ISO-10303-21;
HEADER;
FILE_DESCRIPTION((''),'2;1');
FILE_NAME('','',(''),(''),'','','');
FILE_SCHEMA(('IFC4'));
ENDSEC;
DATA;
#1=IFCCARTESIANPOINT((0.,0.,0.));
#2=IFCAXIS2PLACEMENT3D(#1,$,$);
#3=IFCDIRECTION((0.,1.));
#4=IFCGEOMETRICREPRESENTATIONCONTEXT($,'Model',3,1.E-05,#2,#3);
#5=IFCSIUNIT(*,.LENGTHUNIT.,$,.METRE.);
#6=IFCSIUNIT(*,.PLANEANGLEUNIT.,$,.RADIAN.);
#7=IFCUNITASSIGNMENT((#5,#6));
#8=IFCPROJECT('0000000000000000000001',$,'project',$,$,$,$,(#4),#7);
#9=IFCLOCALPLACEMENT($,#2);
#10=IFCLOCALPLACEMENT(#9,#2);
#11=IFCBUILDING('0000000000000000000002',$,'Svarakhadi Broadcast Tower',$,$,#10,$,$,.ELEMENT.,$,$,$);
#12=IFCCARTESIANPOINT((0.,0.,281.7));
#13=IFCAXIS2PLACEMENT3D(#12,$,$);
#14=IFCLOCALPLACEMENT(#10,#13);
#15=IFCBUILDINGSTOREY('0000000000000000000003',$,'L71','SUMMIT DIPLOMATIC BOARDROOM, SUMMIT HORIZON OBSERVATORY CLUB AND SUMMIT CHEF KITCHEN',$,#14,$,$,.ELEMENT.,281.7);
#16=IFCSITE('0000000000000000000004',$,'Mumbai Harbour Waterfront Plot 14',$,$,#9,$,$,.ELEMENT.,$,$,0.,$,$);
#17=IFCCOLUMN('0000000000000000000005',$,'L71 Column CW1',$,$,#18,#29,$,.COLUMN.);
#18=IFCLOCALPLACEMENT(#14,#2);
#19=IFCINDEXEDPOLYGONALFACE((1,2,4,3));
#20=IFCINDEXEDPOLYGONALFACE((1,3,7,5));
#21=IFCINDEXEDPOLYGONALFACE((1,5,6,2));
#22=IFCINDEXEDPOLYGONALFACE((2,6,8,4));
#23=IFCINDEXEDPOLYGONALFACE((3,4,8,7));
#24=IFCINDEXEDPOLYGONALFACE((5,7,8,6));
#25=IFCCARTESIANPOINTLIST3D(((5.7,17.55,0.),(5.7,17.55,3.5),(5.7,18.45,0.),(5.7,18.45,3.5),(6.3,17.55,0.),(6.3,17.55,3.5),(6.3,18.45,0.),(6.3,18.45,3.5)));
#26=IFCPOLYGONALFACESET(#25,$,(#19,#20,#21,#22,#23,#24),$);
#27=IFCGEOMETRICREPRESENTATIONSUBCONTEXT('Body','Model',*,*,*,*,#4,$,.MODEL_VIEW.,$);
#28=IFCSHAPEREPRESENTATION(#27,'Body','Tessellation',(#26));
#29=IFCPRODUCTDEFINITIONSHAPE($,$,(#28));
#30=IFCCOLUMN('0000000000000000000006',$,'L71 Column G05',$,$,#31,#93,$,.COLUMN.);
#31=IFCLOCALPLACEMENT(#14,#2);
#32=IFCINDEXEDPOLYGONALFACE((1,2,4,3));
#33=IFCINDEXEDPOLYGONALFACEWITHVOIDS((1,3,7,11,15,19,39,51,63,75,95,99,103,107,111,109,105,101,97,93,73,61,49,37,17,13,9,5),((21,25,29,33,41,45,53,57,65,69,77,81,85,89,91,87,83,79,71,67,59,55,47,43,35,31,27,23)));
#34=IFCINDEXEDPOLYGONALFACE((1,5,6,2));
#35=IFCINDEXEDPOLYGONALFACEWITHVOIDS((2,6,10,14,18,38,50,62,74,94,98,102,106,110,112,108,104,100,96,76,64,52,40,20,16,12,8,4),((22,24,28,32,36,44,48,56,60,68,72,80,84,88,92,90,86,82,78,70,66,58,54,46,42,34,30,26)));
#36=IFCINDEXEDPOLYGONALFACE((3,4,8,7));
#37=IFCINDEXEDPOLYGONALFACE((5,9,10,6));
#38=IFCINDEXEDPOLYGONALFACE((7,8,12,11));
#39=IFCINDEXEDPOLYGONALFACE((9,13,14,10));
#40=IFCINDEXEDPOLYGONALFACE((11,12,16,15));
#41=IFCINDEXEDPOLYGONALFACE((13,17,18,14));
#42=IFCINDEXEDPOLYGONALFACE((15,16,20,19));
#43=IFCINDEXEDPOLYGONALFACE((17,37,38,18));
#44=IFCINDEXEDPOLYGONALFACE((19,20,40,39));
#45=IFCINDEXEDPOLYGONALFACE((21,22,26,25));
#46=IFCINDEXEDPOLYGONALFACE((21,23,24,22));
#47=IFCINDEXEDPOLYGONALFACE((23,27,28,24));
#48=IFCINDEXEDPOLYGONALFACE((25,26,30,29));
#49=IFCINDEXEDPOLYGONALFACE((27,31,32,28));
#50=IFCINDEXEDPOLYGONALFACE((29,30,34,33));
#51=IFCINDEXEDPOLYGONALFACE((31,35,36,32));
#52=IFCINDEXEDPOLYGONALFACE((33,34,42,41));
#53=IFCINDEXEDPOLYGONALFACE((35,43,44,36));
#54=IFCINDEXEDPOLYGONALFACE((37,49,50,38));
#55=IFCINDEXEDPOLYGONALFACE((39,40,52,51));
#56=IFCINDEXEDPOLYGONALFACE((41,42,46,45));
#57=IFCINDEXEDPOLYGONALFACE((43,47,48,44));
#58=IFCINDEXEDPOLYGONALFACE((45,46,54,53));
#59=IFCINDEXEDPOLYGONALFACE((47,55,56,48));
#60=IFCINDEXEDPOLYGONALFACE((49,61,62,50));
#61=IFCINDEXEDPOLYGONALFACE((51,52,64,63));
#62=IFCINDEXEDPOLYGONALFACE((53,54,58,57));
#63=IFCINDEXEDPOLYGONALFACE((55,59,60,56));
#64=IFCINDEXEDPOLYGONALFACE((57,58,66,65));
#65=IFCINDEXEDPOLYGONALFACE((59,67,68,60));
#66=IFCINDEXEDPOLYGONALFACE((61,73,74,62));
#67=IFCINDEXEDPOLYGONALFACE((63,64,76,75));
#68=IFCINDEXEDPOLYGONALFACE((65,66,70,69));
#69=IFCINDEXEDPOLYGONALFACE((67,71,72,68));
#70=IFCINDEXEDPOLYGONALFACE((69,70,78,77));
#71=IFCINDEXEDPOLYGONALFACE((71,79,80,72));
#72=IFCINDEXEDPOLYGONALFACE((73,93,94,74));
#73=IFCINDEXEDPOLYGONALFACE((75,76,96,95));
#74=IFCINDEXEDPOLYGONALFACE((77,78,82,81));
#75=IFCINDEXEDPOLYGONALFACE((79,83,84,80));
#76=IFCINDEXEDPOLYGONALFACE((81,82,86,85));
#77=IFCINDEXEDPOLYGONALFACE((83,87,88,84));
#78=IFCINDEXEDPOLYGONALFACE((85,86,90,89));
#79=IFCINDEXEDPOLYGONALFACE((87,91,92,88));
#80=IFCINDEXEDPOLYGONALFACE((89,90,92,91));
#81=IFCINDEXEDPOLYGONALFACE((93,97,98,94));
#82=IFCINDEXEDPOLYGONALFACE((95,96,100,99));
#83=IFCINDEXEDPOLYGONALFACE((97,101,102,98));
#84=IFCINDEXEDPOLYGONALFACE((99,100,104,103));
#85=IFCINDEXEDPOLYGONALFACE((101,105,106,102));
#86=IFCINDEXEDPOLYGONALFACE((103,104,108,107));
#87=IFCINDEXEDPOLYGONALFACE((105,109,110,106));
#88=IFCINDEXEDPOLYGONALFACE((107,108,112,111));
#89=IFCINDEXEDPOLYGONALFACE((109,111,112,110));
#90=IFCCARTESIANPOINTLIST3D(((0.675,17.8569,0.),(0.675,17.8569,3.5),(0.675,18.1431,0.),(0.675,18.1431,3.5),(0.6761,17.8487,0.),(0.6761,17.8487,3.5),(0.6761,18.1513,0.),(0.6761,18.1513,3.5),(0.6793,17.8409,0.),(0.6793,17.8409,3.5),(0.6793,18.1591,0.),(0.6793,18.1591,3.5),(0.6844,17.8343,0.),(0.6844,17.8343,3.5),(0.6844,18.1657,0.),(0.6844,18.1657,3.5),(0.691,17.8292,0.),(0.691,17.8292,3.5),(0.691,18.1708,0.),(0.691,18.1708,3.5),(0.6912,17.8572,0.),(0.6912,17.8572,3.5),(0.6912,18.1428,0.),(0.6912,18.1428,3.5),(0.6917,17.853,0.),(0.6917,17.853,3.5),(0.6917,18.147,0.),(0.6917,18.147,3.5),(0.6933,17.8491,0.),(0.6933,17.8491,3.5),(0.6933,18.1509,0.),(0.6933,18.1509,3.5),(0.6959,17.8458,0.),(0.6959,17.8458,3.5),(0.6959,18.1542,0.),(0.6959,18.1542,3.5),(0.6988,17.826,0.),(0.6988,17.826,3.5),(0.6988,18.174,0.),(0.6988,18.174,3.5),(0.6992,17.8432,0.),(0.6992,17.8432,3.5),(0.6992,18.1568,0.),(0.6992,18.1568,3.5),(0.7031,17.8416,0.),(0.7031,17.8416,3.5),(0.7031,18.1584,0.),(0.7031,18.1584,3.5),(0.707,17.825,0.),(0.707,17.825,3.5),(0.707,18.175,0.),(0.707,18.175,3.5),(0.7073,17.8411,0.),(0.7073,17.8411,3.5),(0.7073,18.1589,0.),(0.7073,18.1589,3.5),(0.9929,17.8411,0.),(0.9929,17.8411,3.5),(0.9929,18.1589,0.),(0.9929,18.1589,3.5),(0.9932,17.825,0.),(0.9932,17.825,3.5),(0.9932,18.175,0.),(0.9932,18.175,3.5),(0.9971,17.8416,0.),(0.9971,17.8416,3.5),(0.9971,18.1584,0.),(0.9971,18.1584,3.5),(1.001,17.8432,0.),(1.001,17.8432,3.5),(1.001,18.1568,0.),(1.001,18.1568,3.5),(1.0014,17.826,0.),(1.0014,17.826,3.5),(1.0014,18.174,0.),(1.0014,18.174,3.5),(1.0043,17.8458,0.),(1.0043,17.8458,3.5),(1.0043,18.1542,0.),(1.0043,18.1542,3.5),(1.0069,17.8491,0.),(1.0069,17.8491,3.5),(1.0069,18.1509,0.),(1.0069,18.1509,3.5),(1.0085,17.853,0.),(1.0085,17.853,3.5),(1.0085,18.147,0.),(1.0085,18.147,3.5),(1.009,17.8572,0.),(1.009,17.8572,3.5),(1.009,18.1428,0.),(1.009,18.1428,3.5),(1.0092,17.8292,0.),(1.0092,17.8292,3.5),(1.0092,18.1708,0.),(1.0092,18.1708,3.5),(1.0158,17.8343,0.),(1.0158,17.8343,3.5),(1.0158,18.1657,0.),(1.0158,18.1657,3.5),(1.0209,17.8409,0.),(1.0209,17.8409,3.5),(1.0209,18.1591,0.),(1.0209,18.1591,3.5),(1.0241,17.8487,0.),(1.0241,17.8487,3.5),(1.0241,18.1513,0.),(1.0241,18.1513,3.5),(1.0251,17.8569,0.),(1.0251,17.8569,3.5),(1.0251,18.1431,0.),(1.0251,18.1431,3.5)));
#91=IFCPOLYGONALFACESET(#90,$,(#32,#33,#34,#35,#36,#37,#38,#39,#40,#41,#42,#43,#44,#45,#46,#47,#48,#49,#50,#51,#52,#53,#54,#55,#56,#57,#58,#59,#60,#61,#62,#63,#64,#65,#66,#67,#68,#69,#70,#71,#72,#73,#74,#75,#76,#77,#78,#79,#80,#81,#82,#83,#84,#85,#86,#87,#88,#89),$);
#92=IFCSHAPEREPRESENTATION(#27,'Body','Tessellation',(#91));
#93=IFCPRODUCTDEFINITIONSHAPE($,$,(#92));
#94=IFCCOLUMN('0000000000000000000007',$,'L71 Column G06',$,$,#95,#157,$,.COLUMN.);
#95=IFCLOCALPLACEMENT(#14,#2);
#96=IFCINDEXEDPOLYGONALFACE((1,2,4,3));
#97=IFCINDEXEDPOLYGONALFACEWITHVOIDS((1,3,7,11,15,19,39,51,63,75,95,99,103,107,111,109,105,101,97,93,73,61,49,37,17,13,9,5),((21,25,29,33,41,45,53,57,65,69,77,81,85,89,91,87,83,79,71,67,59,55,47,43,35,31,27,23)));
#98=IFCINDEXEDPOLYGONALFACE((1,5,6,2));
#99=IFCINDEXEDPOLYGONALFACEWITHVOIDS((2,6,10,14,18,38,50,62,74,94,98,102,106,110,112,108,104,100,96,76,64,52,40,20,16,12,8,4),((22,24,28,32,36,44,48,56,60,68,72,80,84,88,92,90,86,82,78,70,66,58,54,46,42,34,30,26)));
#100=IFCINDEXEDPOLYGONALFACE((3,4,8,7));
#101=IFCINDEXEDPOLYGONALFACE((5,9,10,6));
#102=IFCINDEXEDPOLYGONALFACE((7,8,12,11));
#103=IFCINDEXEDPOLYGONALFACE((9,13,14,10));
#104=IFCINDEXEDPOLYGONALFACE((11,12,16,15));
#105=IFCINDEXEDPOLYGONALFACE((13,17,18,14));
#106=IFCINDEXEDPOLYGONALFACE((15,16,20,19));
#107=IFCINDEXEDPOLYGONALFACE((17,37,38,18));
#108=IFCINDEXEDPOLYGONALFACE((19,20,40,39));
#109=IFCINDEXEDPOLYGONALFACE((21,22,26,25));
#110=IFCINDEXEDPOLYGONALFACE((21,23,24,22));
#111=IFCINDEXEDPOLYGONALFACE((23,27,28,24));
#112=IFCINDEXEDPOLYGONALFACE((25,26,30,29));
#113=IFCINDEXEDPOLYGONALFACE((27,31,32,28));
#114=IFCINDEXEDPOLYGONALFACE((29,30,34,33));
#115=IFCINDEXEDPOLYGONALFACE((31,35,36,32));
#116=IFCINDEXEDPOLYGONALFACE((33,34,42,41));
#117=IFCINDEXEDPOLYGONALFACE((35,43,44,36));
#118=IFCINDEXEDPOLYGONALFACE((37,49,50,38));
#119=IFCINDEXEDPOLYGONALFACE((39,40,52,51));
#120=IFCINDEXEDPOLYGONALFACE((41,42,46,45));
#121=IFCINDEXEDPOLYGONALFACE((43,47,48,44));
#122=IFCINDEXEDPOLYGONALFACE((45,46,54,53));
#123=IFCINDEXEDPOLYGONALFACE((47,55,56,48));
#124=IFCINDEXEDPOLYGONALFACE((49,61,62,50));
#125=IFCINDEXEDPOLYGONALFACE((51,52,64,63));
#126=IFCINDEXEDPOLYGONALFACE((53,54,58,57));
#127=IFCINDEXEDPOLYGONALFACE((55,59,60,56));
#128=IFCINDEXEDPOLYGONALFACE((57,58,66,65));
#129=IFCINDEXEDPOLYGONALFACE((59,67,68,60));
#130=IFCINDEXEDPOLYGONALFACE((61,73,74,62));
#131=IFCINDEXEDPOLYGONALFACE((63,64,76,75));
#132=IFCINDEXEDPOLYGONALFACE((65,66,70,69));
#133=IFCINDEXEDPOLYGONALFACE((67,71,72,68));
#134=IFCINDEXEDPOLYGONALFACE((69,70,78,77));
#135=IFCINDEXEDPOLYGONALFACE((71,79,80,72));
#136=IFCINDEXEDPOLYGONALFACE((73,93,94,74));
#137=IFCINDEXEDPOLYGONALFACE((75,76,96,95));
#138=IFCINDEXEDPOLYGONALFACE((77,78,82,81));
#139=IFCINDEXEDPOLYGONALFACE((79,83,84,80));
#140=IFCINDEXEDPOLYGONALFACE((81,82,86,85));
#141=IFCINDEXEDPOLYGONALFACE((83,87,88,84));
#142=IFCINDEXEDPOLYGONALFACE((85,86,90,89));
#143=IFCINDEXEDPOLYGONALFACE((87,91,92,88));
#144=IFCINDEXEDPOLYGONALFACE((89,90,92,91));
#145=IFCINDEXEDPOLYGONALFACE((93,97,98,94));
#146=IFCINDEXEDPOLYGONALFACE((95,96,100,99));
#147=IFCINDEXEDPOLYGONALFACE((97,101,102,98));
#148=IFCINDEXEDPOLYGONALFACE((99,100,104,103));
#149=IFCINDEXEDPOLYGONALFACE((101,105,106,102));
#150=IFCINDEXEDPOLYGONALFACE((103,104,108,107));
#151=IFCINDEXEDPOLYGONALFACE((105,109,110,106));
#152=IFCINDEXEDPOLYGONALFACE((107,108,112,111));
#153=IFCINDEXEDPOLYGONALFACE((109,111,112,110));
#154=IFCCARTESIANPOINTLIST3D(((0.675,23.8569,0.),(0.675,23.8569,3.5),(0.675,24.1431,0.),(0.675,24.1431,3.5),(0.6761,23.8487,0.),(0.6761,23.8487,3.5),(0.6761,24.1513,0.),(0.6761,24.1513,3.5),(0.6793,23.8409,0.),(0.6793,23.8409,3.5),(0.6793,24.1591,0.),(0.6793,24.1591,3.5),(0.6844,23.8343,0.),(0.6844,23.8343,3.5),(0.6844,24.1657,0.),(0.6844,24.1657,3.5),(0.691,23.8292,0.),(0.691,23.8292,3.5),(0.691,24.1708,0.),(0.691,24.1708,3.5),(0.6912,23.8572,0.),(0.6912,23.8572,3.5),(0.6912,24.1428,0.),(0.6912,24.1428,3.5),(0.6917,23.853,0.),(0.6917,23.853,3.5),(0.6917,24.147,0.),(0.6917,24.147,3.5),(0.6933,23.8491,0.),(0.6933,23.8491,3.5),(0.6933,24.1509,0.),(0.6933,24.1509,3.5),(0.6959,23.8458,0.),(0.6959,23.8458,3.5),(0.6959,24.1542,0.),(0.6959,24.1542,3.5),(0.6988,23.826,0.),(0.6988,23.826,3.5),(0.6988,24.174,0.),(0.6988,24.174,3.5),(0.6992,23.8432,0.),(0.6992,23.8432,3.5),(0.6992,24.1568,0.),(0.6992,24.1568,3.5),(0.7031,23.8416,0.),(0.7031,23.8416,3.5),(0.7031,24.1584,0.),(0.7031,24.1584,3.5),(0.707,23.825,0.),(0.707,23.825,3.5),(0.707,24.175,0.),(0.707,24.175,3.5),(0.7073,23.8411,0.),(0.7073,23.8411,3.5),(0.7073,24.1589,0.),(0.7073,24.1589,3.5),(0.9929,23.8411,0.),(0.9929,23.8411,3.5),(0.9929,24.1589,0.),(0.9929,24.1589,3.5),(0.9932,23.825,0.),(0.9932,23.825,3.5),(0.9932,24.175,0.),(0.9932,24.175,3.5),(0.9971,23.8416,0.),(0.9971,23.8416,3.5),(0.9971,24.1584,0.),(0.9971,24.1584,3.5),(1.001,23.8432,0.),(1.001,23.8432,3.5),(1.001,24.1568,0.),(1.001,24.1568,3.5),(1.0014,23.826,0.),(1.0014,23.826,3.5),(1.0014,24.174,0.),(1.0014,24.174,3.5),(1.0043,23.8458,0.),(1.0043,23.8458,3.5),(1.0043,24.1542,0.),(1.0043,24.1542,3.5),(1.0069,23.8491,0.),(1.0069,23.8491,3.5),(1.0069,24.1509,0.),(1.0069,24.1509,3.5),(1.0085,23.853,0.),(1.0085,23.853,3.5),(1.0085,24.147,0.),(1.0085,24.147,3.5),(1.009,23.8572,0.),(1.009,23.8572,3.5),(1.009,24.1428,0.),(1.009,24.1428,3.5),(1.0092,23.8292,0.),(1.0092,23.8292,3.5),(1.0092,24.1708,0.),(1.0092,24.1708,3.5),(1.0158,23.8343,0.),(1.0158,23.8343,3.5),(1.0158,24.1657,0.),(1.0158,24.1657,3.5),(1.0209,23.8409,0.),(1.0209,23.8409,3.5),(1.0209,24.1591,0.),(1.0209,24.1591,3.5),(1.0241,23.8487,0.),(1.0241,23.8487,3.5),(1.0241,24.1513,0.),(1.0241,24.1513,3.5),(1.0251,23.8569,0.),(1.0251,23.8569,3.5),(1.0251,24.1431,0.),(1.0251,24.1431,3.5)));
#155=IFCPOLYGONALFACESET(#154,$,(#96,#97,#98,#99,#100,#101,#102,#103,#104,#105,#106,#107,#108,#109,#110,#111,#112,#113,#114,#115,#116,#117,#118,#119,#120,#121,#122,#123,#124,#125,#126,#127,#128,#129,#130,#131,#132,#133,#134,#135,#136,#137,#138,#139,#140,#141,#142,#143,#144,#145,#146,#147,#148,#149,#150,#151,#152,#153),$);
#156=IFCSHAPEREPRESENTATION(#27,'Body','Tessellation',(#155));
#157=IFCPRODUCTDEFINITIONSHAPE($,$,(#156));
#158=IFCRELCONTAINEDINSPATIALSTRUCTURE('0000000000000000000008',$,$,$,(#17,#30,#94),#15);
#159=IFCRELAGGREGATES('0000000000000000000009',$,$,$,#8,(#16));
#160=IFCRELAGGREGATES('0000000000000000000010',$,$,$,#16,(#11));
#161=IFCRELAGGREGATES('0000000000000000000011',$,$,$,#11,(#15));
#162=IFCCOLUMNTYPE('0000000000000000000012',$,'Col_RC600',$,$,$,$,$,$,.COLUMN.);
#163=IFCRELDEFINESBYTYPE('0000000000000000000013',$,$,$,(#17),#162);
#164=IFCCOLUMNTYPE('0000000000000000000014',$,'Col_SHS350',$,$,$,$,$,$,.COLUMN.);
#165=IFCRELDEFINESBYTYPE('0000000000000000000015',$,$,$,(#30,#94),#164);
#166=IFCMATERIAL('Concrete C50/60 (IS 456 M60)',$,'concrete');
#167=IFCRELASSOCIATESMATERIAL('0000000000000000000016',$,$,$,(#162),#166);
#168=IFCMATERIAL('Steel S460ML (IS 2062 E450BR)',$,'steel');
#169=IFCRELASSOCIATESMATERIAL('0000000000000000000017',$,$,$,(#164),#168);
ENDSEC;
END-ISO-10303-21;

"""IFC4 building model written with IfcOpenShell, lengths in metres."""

from ifc_helpers import new_model, si_unit, direction, frame, origin, origin_2d, place, context, subcontext, project, spatial, rectangle, hollow_rectangle, extrude, material, material_profile, profile_set, type_object, element, save


model = new_model("IFC4")

# Units and contexts
model_context = context("Model", 3, precision=1e-05, world=origin(), true_north=direction((0.0, 1.0)))
body_context = subcontext(model_context, "Body", "Model", "MODEL_VIEW")
ifc_project = project(units=[si_unit("LENGTHUNIT", "METRE"), si_unit("PLANEANGLEUNIT", "RADIAN")], contexts=[model_context])

# Site, building, storey
site_placement = place(None, origin())
site = spatial("IfcSite", under=ifc_project, at=site_placement, Name="Mumbai Harbour Waterfront Plot 14", CompositionType="ELEMENT", RefElevation=0.0)
building_placement = place(site_placement, origin())
building = spatial("IfcBuilding", under=site, at=building_placement, Name="Svarakhadi Broadcast Tower", CompositionType="ELEMENT")
storey_placement = place(building_placement, frame((0.0, 0.0, 281.7)))
storey = spatial("IfcBuildingStorey", under=building, at=storey_placement, Name="L71", Description="SUMMIT DIPLOMATIC BOARDROOM, SUMMIT HORIZON OBSERVATORY CLUB AND SUMMIT CHEF KITCHEN", CompositionType="ELEMENT", Elevation=281.7)

# Columns
ifc_material_1 = material(Name="Concrete C50/60 (IS 456 M60)", Category="concrete")
ifc_material_profile_1 = material_profile(ifc_material_1, rectangle(XDim=0.6001, YDim=0.8999, at=origin_2d()), Name="RC 600x900")
ifc_profile_set_1 = profile_set([ifc_material_profile_1], Name="Concrete C50/60 (IS 456 M60)")
column_type_1 = type_object("IfcColumnType", Name="Col_RC600", PredefinedType="COLUMN", material=ifc_profile_set_1)
column_placement = place(storey_placement, frame((6.0, 18.0, 0.0), z_axis=(0.0, 0.0, 1.0), x_axis=(1.0, 0.0, 0.0)))
element("IfcColumn", 1, at=column_placement, inside=storey, type_object=column_type_1, Name="L71 Column CW1", PredefinedType="COLUMN", context=body_context, shape_type="SweptSolid", body=[
    extrude(rectangle(XDim=0.6001, YDim=0.8999, at=origin_2d()), origin(), (0.0, 0.0, 1.0), 3.5),
])
ifc_material_2 = material(Name="Steel S460ML (IS 2062 E450BR)", Category="steel")
ifc_material_profile_2 = material_profile(ifc_material_2, hollow_rectangle(XDim=0.3501, YDim=0.3501, WallThickness=0.0161, InnerFilletRadius=0.0161, OuterFilletRadius=0.032, at=origin_2d()), Name="SHS 350x350x16")
ifc_profile_set_2 = profile_set([ifc_material_profile_2], Name="Steel S460ML (IS 2062 E450BR)")
column_type_2 = type_object("IfcColumnType", Name="Col_SHS350", PredefinedType="COLUMN", material=ifc_profile_set_2)
for number, where, z_axis, x_axis, name in (
    (2, (0.8501, 18.0, 0.0), (0.0, 0.0, 1.0), (1.0, 0.0, 0.0), "L71 Column G05"),
    (3, (0.8501, 24.0, 0.0), (0.0, 0.0, 1.0), (1.0, 0.0, 0.0), "L71 Column G06"),
):
    element("IfcColumn", number, at=place(storey_placement, frame(where, z_axis=z_axis, x_axis=x_axis)), inside=storey, type_object=column_type_2, Name=name, PredefinedType="COLUMN", context=body_context, shape_type="SweptSolid", body=[
        extrude(hollow_rectangle(XDim=0.3501, YDim=0.3501, WallThickness=0.0161, InnerFilletRadius=0.0161, OuterFilletRadius=0.032, at=origin_2d()), origin(), (0.0, 0.0, 1.0), 3.5),
    ])

save(model, "model.ifc")
